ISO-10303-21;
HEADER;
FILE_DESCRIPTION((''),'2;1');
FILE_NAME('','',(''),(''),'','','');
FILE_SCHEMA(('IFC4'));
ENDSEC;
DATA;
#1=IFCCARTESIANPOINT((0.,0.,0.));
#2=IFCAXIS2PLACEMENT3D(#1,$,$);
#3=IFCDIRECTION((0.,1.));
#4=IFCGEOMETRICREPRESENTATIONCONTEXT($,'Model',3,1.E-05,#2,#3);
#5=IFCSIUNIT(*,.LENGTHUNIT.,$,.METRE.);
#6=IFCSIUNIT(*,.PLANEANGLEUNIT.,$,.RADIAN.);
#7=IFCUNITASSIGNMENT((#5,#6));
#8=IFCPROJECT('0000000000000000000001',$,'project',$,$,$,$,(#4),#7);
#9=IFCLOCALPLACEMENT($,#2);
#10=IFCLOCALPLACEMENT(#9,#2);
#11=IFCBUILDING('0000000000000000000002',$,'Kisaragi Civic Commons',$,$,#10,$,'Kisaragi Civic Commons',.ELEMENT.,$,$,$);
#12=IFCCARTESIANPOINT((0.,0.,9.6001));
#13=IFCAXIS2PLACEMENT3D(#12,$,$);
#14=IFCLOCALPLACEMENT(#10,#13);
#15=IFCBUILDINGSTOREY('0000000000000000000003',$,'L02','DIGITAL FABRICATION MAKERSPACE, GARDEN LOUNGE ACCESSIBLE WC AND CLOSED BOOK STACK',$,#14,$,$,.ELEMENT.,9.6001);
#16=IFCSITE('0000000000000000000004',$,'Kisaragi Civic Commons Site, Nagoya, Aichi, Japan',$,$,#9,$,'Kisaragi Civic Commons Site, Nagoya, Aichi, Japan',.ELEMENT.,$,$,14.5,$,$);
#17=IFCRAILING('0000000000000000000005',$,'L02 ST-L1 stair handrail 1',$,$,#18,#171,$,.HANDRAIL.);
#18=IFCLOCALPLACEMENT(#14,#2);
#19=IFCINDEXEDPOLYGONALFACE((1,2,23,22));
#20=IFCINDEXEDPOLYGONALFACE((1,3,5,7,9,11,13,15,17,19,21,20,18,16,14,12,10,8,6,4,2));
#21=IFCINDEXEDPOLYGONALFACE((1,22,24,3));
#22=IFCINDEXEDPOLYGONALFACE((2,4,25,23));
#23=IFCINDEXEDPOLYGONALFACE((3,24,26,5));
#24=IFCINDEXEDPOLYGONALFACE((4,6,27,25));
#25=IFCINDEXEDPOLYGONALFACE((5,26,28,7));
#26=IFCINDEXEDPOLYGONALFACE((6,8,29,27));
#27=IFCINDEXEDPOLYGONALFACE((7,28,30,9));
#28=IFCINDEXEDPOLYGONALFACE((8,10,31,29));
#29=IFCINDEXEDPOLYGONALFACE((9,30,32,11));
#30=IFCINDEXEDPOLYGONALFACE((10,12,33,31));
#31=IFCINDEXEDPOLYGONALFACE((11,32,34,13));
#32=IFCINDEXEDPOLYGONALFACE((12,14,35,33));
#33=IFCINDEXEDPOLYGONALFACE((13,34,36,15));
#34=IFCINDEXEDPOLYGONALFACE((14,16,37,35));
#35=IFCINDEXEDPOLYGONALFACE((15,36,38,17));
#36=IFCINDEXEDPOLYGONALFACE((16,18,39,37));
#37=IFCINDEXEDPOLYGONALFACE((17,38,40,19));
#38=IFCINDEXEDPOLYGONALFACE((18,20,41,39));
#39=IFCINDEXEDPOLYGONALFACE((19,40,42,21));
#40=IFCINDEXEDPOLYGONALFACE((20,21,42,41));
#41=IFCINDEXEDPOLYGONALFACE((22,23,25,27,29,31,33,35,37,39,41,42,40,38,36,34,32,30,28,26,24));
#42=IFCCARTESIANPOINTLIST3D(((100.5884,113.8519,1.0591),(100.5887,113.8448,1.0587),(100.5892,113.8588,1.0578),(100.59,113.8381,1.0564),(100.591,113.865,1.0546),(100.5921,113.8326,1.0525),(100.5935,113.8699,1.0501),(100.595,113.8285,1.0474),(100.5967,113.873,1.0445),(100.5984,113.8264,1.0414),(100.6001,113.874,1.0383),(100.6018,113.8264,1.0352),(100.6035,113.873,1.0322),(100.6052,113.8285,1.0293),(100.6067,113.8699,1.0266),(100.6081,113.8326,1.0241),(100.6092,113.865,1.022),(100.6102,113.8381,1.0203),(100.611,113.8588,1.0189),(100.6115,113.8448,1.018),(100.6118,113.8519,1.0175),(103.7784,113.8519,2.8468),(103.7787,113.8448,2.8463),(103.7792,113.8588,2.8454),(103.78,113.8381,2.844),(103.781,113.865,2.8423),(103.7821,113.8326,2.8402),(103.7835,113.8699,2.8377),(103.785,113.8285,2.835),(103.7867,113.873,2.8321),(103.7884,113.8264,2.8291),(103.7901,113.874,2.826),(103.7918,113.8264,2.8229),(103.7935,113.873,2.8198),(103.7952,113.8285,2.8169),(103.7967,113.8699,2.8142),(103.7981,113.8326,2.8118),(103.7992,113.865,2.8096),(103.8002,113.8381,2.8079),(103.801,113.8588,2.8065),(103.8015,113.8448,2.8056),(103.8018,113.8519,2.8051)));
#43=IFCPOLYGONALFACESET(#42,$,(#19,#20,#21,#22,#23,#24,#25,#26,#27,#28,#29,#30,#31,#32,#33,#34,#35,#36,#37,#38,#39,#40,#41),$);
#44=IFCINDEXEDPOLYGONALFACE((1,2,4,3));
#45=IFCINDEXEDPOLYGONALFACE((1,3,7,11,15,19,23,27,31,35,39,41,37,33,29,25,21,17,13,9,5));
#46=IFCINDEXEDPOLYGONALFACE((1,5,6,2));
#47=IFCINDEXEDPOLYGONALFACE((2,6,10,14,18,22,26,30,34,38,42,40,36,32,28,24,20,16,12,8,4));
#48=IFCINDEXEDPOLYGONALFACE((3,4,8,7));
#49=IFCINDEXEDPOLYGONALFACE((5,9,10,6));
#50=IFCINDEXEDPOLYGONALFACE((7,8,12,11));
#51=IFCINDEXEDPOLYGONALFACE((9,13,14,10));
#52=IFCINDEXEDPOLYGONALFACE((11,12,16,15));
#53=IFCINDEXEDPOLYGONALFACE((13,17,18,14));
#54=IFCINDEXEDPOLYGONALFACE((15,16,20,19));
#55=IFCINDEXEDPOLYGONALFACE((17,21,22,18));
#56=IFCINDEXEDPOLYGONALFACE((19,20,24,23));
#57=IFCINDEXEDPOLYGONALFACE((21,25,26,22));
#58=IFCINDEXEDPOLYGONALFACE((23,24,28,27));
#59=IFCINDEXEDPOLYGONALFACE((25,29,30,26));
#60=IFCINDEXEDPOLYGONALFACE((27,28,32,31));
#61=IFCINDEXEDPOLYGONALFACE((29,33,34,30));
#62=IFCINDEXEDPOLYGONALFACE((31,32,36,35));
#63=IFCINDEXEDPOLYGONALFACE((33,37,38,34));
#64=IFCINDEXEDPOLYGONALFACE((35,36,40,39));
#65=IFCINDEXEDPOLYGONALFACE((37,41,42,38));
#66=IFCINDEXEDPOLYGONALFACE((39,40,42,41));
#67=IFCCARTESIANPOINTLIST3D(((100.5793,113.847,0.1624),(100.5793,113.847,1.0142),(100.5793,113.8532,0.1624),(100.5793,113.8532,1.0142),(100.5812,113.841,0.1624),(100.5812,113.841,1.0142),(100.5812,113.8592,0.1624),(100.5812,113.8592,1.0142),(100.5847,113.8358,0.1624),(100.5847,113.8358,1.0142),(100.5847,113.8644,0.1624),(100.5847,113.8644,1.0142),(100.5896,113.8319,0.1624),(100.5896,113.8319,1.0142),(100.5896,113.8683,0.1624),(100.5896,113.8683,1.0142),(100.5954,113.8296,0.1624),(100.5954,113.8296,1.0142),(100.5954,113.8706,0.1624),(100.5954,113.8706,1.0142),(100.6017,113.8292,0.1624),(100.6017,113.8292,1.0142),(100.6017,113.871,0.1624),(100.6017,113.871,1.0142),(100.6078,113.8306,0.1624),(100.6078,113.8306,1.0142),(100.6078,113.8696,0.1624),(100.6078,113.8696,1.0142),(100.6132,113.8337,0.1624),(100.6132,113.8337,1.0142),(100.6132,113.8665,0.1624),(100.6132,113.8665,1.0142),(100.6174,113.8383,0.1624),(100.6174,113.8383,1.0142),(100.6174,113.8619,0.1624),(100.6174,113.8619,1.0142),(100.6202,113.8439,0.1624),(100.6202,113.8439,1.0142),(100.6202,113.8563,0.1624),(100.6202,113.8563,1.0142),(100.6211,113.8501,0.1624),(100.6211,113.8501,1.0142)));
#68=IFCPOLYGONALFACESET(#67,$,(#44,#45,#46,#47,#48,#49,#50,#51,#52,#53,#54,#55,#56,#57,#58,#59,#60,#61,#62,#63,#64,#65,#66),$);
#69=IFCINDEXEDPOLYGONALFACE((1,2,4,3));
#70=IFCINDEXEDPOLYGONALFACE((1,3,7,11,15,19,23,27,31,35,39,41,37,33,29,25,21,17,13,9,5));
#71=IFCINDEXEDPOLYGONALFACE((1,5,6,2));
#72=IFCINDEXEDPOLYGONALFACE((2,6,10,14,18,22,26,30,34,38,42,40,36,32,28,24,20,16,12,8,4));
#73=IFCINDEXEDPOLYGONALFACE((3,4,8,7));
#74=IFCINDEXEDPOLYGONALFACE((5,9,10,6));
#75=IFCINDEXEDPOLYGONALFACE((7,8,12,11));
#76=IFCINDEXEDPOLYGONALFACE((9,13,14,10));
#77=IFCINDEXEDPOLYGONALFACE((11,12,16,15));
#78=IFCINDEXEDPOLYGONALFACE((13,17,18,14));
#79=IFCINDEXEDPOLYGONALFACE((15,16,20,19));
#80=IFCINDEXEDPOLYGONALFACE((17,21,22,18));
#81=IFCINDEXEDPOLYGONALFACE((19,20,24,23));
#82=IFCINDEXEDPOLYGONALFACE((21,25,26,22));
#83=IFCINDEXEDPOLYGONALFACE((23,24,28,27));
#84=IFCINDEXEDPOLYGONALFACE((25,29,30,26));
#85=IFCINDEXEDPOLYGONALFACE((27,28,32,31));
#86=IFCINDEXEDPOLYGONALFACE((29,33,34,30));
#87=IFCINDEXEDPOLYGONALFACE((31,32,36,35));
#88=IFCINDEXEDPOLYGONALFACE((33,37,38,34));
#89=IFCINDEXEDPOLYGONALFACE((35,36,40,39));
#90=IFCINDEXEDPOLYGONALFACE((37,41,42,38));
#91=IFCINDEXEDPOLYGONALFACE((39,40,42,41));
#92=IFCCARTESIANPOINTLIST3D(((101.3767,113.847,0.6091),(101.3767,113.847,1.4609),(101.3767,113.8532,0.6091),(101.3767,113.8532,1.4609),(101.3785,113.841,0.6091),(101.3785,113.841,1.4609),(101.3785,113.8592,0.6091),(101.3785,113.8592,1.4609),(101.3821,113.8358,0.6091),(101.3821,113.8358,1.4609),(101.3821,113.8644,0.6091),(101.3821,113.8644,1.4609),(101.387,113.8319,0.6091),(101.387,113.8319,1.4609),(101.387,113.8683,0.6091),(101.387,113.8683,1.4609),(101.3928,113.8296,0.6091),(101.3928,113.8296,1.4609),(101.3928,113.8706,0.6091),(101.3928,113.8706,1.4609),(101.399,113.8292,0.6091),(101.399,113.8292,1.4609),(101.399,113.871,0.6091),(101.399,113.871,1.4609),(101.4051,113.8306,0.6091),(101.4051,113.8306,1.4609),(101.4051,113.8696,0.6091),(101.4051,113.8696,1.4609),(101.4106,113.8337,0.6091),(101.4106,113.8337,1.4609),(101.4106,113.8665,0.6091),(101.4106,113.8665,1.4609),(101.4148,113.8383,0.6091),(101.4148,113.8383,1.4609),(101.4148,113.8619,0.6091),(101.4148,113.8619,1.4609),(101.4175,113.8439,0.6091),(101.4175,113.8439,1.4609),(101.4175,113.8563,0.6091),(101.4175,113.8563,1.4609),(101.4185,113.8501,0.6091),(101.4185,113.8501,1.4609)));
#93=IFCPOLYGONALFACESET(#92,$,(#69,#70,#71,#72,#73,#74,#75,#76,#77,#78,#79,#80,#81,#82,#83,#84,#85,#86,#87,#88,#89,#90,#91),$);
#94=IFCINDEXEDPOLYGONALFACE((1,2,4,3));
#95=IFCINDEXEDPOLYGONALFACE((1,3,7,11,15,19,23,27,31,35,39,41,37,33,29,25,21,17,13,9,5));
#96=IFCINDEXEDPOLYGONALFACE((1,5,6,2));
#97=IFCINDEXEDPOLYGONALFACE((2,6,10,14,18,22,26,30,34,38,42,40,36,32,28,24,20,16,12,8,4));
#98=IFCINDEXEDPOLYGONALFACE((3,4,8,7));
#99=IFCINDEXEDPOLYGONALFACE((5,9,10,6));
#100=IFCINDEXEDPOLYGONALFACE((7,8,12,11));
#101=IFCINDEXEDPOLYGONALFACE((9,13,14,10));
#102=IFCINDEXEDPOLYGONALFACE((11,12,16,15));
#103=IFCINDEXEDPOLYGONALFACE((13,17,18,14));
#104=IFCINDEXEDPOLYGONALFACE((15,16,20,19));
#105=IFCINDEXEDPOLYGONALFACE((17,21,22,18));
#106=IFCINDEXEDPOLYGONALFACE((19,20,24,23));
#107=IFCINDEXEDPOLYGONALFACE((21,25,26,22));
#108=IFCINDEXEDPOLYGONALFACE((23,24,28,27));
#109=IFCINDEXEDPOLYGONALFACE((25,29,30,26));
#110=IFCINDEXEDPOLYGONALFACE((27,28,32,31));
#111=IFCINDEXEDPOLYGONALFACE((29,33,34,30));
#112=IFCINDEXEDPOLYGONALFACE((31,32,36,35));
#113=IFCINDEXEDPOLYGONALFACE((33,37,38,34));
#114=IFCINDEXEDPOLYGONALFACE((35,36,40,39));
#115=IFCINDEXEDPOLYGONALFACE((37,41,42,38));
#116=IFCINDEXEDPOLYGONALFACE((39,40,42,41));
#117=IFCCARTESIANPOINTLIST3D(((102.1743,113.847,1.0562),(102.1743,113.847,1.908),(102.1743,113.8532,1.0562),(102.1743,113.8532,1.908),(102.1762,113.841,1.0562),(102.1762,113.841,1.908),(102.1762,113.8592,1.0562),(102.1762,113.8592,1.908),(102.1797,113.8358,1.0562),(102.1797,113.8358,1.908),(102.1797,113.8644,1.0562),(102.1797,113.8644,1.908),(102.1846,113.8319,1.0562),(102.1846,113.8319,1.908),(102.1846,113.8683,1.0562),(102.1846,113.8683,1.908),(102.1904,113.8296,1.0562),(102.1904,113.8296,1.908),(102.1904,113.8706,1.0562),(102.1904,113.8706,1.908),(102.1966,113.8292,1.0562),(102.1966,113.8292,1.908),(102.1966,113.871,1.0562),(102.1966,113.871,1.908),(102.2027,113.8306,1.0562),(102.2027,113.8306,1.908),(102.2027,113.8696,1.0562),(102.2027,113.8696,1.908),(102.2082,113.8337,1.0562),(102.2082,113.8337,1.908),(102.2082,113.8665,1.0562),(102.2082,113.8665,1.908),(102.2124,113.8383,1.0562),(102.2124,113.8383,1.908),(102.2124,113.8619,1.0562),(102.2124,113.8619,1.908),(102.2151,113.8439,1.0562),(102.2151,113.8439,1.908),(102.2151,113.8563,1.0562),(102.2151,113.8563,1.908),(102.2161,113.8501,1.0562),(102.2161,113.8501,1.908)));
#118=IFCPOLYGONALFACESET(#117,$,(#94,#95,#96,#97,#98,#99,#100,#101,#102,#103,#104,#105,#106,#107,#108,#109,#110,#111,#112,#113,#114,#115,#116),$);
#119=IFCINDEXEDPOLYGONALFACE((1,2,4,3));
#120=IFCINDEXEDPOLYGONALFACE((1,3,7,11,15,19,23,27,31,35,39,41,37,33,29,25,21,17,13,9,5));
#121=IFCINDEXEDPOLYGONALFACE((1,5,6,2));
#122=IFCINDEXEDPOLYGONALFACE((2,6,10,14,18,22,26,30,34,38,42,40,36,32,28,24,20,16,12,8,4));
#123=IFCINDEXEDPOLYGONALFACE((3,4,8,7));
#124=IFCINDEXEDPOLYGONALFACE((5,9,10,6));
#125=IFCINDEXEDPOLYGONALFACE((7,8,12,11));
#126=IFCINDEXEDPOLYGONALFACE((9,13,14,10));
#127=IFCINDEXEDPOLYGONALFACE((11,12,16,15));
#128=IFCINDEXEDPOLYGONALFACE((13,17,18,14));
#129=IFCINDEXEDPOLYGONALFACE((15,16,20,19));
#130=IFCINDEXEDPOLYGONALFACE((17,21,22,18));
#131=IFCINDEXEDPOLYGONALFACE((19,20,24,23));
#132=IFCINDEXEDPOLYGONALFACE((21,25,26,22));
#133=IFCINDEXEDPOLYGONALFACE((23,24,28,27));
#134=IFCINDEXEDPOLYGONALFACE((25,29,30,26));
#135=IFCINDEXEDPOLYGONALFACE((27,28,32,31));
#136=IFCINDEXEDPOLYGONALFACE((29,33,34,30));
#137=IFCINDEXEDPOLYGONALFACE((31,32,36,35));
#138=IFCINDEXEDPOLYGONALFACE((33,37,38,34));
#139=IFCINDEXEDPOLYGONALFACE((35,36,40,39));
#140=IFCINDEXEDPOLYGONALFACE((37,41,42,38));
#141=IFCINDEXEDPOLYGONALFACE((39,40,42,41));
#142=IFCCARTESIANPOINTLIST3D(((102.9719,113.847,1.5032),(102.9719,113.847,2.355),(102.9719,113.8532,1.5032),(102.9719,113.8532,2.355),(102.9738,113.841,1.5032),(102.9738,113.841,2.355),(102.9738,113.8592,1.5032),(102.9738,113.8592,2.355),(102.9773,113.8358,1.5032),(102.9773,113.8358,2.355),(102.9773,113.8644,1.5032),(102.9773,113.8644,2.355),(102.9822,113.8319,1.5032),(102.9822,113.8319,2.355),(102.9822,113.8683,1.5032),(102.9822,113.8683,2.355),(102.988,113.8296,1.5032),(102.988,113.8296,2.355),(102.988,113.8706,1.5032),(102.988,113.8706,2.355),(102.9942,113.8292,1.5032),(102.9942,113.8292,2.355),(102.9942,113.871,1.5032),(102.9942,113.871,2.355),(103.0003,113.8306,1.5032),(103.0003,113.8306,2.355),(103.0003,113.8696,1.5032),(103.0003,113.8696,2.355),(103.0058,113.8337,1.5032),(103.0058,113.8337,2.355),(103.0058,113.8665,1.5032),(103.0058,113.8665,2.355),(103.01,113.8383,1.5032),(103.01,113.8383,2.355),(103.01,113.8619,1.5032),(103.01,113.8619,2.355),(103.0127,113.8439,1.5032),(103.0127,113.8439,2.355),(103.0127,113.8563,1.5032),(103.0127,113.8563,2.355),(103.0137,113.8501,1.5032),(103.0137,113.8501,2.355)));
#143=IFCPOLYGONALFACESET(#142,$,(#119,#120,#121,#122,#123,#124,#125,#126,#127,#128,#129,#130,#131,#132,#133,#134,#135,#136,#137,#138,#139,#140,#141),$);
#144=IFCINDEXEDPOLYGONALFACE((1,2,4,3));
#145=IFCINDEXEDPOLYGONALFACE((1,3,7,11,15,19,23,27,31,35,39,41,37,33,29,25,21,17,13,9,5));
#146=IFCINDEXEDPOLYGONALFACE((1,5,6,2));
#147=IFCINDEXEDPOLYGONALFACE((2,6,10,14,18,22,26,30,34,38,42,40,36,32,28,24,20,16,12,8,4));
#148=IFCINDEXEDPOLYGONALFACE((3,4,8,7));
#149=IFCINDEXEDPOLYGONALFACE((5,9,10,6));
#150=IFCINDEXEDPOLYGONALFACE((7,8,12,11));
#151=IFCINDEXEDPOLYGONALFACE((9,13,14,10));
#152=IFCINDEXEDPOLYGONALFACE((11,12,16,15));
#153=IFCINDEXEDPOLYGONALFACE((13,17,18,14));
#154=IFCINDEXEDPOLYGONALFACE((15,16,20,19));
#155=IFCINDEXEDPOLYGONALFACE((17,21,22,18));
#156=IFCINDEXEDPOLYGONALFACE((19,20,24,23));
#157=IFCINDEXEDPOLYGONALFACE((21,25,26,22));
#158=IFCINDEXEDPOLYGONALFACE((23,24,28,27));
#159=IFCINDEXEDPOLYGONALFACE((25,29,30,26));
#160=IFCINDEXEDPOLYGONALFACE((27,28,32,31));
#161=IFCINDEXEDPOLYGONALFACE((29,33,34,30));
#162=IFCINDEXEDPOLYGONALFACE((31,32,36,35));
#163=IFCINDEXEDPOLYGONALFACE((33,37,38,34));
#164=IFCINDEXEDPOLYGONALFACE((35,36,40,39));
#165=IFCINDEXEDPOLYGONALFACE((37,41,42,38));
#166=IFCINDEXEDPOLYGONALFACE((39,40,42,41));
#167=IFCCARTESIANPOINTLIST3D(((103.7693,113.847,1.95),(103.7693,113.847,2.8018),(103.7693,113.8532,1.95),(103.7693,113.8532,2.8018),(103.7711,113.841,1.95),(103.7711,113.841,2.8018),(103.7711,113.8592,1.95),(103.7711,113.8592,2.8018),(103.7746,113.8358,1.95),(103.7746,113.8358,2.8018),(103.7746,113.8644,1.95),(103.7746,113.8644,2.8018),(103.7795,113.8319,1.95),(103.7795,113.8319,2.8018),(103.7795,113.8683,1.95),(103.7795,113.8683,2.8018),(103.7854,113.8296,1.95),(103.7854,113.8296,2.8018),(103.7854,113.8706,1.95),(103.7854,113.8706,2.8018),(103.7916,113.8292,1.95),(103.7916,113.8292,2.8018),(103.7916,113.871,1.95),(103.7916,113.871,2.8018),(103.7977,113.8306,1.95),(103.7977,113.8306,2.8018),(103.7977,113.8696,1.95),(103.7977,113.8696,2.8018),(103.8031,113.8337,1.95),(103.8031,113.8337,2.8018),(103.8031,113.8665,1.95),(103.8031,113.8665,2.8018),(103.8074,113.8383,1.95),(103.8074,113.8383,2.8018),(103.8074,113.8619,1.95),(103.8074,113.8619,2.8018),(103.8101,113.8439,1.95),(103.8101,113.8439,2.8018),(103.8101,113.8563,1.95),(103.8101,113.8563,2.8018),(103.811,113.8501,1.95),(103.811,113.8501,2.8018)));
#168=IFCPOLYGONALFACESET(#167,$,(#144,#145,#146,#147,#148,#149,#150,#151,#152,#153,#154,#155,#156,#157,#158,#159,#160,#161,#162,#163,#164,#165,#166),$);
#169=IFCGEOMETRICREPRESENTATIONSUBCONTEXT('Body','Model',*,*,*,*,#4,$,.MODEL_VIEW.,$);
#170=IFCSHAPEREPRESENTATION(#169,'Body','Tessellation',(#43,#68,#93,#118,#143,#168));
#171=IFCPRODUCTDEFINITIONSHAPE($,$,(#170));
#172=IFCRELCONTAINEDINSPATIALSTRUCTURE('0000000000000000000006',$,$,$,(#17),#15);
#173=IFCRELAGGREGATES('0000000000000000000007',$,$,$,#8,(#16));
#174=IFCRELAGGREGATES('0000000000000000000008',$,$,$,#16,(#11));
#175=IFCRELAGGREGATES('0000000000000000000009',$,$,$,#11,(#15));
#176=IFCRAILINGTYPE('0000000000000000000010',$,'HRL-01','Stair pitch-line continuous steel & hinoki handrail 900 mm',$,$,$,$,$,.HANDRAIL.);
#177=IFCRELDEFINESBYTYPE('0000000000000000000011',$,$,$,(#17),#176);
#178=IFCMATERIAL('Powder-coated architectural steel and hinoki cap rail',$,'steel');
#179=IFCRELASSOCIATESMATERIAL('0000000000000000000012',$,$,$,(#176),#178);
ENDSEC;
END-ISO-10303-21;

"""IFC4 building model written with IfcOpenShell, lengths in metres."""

from ifc_helpers import new_model, si_unit, direction, frame, origin, origin_2d, place, context, subcontext, project, spatial, circle, extrude, material, type_object, element, save


model = new_model("IFC4")

# Units and contexts
model_context = context("Model", 3, precision=1e-05, world=origin(), true_north=direction((0.0, 1.0)))
body_context = subcontext(model_context, "Body", "Model", "MODEL_VIEW")
ifc_project = project(units=[si_unit("LENGTHUNIT", "METRE"), si_unit("PLANEANGLEUNIT", "RADIAN")], contexts=[model_context])

# Site, building, storey
site_placement = place(None, origin())
site = spatial("IfcSite", under=ifc_project, at=site_placement, Name="Kisaragi Civic Commons Site, Nagoya, Aichi, Japan", LongName="Kisaragi Civic Commons Site, Nagoya, Aichi, Japan", CompositionType="ELEMENT", RefElevation=14.5)
building_placement = place(site_placement, origin())
building = spatial("IfcBuilding", under=site, at=building_placement, Name="Kisaragi Civic Commons", LongName="Kisaragi Civic Commons", CompositionType="ELEMENT")
storey_placement = place(building_placement, frame((0.0, 0.0, 9.6001)))
storey = spatial("IfcBuildingStorey", under=building, at=storey_placement, Name="L02", Description="DIGITAL FABRICATION MAKERSPACE, GARDEN LOUNGE ACCESSIBLE WC AND CLOSED BOOK STACK", CompositionType="ELEMENT", Elevation=9.6001)

# Railing
ifc_material_1 = material(Name="Powder-coated architectural steel and hinoki cap rail", Category="steel")
railing_type_1 = type_object("IfcRailingType", Name="HRL-01", Description="Stair pitch-line continuous steel & hinoki handrail 900 mm", PredefinedType="HANDRAIL", material=ifc_material_1)
railing_1_placement = place(storey_placement, frame((100.6001, 113.8501, 0.1624)))
element("IfcRailing", 1, at=railing_1_placement, inside=storey, type_object=railing_type_1, Name="L02 ST-L1 stair handrail 1", PredefinedType="HANDRAIL", context=body_context, shape_type="SweptSolid", body=[
    extrude(circle(Radius=0.0239, at=origin_2d()), frame((0.0, 0.0, 0.876), z_axis=(0.872363, 0.0, 0.48886), x_axis=(0.0, 1.0, 0.0)), (0.0, 0.0, 1.0), 3.6567),
    extrude(circle(Radius=0.021, at=origin_2d()), origin(), (0.0, 0.0, 1.0), 0.8518),
    extrude(circle(Radius=0.021, at=origin_2d()), frame((0.7974, 0.0, 0.4468)), (0.0, 0.0, 1.0), 0.8518),
    extrude(circle(Radius=0.021, at=origin_2d()), frame((1.595, 0.0, 0.8938)), (0.0, 0.0, 1.0), 0.8518),
    extrude(circle(Radius=0.021, at=origin_2d()), frame((2.3926, 0.0, 1.3408)), (0.0, 0.0, 1.0), 0.8518),
    extrude(circle(Radius=0.021, at=origin_2d()), frame((3.1899, 0.0, 1.7876)), (0.0, 0.0, 1.0), 0.8518),
])

save(model, "model.ifc")
